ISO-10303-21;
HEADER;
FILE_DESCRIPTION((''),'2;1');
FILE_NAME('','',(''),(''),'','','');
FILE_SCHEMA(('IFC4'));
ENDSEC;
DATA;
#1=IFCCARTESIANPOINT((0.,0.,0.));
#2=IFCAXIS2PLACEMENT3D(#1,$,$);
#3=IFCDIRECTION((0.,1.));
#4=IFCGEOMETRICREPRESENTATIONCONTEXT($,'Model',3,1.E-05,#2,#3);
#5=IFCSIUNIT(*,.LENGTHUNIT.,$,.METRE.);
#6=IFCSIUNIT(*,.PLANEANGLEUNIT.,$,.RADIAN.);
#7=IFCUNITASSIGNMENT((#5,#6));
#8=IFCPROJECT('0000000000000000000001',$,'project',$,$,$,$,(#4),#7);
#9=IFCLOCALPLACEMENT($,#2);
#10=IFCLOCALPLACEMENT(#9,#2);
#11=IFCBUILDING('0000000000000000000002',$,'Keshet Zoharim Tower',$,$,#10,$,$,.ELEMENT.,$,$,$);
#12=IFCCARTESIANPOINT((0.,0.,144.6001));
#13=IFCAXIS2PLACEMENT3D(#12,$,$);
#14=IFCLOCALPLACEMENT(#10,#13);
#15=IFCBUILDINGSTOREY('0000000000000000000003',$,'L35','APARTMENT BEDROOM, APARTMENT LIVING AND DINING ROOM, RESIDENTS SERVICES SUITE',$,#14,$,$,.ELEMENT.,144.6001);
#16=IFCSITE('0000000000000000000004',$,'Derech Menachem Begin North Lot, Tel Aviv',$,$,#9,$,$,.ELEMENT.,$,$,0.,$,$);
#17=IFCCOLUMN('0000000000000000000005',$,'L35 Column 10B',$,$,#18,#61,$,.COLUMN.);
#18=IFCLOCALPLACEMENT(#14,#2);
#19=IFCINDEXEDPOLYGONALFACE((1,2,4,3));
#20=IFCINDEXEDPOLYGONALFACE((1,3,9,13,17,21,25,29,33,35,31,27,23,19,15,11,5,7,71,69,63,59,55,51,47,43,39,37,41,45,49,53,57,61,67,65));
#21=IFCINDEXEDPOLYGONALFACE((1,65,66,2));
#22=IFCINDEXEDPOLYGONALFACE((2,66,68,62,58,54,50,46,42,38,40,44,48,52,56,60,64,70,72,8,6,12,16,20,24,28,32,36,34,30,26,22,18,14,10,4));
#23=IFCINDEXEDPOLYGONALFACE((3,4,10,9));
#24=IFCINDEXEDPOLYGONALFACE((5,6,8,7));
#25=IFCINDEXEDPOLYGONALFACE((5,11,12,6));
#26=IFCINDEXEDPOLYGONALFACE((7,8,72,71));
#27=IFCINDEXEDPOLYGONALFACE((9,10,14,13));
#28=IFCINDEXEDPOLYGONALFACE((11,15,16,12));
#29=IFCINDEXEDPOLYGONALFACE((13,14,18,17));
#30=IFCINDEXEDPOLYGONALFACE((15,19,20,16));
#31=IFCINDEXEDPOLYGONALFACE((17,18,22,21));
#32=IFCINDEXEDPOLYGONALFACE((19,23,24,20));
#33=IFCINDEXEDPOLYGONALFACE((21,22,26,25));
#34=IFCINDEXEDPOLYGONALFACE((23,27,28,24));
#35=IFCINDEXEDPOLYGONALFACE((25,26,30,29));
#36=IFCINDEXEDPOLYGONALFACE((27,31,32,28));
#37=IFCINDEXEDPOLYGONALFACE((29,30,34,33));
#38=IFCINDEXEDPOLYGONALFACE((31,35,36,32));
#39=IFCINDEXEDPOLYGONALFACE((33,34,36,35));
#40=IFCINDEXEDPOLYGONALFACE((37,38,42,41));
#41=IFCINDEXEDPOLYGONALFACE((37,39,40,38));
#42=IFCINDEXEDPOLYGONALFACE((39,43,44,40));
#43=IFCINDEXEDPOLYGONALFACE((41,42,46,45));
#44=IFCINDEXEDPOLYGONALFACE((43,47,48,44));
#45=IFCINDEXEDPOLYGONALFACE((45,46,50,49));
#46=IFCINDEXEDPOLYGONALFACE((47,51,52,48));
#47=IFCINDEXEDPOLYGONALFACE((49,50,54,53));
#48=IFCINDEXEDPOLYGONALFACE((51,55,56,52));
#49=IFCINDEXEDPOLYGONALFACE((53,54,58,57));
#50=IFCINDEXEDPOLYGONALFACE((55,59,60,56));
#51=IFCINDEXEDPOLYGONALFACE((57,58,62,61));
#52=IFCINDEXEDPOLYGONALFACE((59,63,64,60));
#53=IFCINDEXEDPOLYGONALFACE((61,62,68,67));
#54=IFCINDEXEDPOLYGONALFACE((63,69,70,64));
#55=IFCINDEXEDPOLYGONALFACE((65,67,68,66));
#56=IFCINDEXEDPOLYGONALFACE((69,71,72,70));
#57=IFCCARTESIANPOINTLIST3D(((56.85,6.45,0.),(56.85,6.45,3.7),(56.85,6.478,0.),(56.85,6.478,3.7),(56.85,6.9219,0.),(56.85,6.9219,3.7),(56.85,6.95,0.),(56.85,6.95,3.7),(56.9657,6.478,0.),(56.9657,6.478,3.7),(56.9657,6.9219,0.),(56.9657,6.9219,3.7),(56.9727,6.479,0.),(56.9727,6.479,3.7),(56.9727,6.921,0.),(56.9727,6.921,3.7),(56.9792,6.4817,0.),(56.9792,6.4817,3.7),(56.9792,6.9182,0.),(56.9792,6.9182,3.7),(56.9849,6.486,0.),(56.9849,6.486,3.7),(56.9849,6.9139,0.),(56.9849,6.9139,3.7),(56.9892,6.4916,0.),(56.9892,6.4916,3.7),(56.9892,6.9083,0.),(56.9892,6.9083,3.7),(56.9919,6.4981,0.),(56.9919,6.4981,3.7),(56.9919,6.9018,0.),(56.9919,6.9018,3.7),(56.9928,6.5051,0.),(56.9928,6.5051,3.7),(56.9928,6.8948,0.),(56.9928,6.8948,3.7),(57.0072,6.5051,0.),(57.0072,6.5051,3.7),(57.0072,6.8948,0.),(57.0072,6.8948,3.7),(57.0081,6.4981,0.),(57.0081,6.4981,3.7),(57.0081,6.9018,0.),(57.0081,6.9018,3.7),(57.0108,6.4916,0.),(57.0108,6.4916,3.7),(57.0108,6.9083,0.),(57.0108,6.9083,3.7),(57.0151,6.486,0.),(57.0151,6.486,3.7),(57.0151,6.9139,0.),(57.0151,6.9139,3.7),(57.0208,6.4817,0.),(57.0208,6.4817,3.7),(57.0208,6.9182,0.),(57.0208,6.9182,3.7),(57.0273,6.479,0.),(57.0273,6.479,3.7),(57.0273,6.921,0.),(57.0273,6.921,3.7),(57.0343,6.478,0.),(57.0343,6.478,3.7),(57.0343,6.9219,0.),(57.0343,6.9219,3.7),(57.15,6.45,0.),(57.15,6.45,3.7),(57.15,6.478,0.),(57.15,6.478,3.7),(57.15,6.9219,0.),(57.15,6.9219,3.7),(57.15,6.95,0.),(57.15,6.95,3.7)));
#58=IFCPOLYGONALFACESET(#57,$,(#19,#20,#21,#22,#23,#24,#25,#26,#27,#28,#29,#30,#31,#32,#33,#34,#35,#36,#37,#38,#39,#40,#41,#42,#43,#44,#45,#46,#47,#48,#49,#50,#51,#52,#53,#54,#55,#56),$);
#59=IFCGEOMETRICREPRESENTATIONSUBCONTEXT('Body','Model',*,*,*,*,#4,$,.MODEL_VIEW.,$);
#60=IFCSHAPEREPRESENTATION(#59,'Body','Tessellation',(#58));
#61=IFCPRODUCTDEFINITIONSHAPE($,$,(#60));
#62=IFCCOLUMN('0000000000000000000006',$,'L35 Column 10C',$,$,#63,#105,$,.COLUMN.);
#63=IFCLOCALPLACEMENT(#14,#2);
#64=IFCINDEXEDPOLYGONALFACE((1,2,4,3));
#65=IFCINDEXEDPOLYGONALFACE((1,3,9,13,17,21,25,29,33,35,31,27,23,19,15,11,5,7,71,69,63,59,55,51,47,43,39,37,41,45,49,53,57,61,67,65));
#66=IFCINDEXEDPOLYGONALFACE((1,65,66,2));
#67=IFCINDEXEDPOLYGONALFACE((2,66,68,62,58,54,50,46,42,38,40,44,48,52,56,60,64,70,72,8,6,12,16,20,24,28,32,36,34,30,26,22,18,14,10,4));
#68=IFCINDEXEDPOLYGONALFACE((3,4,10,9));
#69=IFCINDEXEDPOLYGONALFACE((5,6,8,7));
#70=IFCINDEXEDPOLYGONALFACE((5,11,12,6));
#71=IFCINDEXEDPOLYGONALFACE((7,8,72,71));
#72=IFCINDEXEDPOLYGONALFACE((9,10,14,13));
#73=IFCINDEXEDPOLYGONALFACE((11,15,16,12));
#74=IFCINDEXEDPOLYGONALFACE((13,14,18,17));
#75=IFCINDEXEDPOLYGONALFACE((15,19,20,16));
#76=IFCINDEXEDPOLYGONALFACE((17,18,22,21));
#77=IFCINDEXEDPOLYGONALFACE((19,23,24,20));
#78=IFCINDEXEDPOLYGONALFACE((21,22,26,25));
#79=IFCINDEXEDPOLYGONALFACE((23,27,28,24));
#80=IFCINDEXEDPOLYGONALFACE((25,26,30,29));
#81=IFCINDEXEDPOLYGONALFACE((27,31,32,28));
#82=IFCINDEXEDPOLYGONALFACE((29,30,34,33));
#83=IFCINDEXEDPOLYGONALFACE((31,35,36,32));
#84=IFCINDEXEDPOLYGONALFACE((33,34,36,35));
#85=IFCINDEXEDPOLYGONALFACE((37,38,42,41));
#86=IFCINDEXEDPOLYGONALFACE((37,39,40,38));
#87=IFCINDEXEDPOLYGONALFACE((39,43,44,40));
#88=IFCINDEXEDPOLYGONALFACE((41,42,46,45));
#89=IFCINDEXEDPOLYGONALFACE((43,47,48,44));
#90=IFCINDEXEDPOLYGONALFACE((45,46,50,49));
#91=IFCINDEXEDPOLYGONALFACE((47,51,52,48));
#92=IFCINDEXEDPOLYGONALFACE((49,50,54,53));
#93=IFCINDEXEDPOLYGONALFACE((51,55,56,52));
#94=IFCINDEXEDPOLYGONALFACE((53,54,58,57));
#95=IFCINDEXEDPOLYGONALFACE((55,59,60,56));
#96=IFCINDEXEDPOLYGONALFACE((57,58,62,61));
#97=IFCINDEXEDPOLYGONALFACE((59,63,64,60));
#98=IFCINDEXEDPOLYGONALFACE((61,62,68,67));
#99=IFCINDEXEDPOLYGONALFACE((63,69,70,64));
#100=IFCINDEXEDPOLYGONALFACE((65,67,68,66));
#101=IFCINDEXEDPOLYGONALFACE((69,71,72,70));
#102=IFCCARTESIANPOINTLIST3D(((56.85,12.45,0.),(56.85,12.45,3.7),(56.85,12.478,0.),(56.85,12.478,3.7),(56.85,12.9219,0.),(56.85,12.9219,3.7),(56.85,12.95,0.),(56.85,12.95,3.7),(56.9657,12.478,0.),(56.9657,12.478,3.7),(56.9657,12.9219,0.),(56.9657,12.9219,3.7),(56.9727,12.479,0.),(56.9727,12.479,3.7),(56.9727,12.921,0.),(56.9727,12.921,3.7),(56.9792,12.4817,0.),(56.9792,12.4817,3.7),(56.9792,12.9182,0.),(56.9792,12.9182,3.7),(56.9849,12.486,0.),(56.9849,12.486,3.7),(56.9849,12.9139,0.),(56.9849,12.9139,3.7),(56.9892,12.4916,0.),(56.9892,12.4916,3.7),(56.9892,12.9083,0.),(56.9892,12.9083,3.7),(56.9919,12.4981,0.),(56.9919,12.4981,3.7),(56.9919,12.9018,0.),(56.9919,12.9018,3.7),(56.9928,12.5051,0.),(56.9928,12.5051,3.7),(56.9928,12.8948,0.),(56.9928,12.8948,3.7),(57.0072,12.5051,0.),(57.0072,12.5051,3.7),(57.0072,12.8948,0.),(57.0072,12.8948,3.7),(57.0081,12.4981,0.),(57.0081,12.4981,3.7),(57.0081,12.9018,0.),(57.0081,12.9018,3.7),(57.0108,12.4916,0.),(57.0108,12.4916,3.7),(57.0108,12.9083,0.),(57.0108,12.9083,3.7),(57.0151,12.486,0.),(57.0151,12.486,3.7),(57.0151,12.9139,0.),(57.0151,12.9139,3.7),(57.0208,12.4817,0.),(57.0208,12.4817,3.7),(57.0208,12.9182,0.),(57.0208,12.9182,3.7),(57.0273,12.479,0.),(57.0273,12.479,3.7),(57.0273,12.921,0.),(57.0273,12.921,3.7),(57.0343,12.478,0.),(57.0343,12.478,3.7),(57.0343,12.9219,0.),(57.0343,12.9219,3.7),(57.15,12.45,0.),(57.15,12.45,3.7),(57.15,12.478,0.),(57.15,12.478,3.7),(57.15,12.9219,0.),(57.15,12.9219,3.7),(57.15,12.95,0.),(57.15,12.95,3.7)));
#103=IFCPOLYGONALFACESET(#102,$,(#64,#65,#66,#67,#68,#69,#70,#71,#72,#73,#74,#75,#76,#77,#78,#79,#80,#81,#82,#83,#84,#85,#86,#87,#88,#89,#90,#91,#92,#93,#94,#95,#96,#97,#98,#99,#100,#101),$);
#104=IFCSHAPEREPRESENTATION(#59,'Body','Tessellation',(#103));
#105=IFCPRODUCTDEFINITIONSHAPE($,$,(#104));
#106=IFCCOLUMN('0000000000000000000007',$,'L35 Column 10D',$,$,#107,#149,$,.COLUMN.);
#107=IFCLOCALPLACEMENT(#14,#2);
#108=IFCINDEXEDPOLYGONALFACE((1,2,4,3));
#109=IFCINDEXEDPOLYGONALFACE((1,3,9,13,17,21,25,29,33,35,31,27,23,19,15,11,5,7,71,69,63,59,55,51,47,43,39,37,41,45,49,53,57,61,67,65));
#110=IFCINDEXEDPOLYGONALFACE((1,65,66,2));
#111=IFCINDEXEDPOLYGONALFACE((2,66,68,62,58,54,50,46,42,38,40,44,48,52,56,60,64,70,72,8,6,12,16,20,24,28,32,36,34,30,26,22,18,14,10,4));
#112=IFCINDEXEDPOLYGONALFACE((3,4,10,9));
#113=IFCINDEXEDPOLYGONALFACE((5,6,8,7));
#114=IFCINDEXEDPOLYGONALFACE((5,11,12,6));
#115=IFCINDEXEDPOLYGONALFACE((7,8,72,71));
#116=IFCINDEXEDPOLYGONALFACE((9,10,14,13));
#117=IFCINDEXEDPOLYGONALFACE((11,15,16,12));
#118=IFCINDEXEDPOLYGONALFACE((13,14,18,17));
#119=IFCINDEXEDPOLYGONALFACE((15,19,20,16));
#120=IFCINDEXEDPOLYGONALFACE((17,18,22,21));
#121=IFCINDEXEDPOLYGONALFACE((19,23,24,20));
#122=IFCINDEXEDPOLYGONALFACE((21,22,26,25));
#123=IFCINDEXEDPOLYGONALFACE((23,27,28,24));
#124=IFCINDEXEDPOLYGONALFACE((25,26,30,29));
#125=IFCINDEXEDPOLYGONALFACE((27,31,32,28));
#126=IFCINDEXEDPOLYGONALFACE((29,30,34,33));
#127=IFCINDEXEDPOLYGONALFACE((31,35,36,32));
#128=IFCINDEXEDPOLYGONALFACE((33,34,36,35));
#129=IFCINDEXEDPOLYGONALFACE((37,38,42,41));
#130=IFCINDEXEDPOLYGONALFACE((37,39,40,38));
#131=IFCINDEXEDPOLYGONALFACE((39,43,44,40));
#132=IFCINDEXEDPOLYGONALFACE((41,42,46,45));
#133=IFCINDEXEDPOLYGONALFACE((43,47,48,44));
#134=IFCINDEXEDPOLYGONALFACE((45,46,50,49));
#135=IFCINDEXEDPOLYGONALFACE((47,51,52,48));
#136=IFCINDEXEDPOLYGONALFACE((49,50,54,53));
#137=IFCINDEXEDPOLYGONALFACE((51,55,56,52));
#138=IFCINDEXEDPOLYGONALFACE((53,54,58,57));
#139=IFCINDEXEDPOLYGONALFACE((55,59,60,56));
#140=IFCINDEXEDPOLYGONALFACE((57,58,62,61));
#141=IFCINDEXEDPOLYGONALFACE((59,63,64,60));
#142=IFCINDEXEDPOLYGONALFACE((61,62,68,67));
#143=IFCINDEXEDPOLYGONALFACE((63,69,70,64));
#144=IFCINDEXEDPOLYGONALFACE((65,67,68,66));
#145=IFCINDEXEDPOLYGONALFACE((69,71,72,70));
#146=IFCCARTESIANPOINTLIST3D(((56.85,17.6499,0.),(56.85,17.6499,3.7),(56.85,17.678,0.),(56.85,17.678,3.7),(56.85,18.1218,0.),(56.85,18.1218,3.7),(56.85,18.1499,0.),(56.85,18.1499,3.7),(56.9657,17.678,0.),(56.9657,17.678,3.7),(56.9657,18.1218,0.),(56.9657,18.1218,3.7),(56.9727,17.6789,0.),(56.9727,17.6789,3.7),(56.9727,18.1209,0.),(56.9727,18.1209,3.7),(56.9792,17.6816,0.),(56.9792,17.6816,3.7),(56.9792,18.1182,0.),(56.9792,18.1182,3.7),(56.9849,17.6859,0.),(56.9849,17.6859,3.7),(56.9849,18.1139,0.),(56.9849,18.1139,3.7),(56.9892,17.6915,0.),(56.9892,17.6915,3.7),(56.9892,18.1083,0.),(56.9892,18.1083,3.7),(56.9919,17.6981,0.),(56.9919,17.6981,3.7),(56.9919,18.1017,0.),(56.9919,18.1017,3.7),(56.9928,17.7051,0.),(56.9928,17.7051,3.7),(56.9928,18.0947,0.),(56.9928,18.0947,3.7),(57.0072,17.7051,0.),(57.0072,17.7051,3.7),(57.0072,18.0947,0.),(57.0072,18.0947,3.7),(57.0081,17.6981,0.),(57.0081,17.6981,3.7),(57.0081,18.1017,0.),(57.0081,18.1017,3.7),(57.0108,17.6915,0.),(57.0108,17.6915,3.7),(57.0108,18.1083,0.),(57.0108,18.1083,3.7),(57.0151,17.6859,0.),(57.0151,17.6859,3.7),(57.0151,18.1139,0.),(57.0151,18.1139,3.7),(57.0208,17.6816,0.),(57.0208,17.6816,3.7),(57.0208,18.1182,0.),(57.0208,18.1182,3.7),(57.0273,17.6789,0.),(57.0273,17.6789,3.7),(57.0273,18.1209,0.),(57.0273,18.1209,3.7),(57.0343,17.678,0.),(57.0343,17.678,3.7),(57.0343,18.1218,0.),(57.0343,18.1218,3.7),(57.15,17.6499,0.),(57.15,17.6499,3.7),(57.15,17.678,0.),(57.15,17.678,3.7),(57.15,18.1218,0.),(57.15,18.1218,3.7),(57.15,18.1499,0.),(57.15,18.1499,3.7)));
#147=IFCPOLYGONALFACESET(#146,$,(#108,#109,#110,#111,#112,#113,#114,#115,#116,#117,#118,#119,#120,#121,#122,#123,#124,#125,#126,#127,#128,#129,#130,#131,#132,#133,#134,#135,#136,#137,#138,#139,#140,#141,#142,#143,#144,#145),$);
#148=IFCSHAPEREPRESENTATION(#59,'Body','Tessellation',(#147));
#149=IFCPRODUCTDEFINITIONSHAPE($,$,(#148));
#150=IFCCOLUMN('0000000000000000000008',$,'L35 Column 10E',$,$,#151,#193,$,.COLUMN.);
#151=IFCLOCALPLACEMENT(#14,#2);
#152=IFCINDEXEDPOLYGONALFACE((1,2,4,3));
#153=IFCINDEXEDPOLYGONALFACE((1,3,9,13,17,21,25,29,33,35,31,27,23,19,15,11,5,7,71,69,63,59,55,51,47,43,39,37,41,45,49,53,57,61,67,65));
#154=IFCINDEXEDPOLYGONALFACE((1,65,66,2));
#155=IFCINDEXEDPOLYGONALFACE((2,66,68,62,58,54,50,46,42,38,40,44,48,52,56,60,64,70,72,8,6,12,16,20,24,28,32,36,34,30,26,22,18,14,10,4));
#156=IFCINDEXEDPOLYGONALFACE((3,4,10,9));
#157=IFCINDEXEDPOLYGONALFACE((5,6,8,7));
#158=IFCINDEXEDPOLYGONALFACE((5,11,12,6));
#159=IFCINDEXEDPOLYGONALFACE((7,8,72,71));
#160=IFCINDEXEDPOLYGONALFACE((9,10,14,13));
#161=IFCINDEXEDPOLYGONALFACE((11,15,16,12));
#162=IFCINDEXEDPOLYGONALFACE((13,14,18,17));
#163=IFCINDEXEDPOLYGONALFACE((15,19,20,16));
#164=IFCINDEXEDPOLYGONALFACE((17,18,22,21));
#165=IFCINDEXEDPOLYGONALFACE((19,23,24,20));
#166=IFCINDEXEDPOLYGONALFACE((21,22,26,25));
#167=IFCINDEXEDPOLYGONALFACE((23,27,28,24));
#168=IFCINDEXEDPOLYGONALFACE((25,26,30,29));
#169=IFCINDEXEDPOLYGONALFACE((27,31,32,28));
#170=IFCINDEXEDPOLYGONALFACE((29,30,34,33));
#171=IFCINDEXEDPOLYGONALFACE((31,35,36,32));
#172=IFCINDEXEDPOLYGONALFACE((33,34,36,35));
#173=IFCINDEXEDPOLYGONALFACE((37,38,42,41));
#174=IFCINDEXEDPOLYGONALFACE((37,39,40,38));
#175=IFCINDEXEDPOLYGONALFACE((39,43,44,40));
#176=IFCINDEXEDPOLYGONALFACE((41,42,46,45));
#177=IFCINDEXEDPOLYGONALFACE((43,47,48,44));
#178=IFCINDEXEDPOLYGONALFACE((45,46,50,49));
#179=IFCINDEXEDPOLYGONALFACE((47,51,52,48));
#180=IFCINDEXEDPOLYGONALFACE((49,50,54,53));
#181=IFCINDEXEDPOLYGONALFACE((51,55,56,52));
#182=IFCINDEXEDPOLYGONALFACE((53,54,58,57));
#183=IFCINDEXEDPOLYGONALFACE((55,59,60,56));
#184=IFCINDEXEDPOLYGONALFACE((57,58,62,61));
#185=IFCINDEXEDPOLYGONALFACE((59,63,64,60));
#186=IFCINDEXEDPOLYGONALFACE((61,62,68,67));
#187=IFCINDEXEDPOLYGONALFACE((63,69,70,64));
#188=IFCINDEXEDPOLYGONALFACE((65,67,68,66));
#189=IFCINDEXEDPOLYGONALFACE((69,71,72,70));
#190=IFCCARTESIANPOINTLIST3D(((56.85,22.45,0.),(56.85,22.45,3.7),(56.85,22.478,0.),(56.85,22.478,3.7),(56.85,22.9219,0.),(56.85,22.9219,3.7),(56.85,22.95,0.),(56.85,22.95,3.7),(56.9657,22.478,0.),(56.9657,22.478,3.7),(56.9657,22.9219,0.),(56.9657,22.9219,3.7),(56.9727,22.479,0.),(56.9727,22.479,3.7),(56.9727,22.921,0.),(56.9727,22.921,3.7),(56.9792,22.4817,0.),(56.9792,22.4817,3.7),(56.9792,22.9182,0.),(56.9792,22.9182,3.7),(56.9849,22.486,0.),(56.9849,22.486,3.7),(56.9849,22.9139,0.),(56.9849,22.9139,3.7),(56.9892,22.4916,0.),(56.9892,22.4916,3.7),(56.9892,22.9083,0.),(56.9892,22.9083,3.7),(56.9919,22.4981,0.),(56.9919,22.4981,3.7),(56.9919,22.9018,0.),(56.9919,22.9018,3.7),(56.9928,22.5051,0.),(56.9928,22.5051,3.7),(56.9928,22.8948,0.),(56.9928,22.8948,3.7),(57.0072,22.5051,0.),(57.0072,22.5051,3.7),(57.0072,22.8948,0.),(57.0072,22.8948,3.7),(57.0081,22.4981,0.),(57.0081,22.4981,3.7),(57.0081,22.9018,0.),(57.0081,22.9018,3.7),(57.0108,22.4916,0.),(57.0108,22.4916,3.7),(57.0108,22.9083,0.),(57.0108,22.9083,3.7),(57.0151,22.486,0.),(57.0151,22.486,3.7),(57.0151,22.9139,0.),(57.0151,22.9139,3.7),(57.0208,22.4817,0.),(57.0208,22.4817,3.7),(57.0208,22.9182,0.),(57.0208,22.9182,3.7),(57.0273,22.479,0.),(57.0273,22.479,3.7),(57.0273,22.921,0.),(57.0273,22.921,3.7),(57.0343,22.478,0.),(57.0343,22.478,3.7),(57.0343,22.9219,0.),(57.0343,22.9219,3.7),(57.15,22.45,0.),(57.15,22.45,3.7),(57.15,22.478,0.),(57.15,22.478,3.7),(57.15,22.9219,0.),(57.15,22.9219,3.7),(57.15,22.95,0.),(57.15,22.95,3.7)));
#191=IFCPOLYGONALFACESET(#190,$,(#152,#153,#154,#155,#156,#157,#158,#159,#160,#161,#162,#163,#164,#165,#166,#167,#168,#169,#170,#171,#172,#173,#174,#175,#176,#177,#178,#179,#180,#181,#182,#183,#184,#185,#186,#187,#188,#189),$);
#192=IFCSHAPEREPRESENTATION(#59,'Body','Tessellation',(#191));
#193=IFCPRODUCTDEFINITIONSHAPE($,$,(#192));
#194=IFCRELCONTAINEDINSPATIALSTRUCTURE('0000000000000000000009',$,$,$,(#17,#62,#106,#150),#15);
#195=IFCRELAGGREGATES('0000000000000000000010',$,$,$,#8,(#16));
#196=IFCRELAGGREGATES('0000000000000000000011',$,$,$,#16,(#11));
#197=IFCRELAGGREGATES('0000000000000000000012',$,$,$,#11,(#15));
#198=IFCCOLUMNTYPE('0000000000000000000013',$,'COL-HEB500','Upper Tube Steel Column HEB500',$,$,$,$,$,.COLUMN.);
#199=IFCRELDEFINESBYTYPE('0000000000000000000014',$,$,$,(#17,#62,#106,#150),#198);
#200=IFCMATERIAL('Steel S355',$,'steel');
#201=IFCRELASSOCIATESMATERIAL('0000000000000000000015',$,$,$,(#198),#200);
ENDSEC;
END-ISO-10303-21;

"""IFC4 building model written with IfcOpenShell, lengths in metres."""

from ifc_helpers import new_model, si_unit, direction, frame, origin, origin_2d, place, context, subcontext, project, spatial, i_section, extrude, material, material_profile, profile_set, type_object, element, save


model = new_model("IFC4")

# Units and contexts
model_context = context("Model", 3, precision=1e-05, world=origin(), true_north=direction((0.0, 1.0)))
body_context = subcontext(model_context, "Body", "Model", "MODEL_VIEW")
ifc_project = project(units=[si_unit("LENGTHUNIT", "METRE"), si_unit("PLANEANGLEUNIT", "RADIAN")], contexts=[model_context])

# Site, building, storey
site_placement = place(None, origin())
site = spatial("IfcSite", under=ifc_project, at=site_placement, Name="Derech Menachem Begin North Lot, Tel Aviv", CompositionType="ELEMENT", RefElevation=0.0)
building_placement = place(site_placement, origin())
building = spatial("IfcBuilding", under=site, at=building_placement, Name="Keshet Zoharim Tower", CompositionType="ELEMENT")
storey_placement = place(building_placement, frame((0.0, 0.0, 144.6001)))
storey = spatial("IfcBuildingStorey", under=building, at=storey_placement, Name="L35", Description="APARTMENT BEDROOM, APARTMENT LIVING AND DINING ROOM, RESIDENTS SERVICES SUITE", CompositionType="ELEMENT", Elevation=144.6001)

# Columns
ifc_material_1 = material(Name="Steel S355", Category="steel")
ifc_material_profile_1 = material_profile(ifc_material_1, i_section(OverallWidth=0.3, OverallDepth=0.5, WebThickness=0.0144, FlangeThickness=0.0281, FilletRadius=0.0271, at=origin_2d()), Name="HEB500")
ifc_profile_set_1 = profile_set([ifc_material_profile_1], Name="Steel S355")
column_type = type_object("IfcColumnType", Name="COL-HEB500", Description="Upper Tube Steel Column HEB500", PredefinedType="COLUMN", material=ifc_profile_set_1)
for number, where, z_axis, x_axis, name in (
    (1, (57.0, 6.7, 0.0), (0.0, 0.0, 1.0), (1.0, 0.0, 0.0), "L35 Column 10B"),
    (2, (57.0, 12.7, 0.0), (0.0, 0.0, 1.0), (1.0, 0.0, 0.0), "L35 Column 10C"),
    (3, (57.0, 17.8999, 0.0), (0.0, 0.0, 1.0), (1.0, 0.0, 0.0), "L35 Column 10D"),
    (4, (57.0, 22.7, 0.0), (0.0, 0.0, 1.0), (1.0, 0.0, 0.0), "L35 Column 10E"),
):
    element("IfcColumn", number, at=place(storey_placement, frame(where, z_axis=z_axis, x_axis=x_axis)), inside=storey, type_object=column_type, Name=name, PredefinedType="COLUMN", context=body_context, shape_type="SweptSolid", body=[
        extrude(i_section(OverallWidth=0.3, OverallDepth=0.5, WebThickness=0.0144, FlangeThickness=0.0281, FilletRadius=0.0271, at=origin_2d()), origin(), (0.0, 0.0, 1.0), 3.7),
    ])

save(model, "model.ifc")
